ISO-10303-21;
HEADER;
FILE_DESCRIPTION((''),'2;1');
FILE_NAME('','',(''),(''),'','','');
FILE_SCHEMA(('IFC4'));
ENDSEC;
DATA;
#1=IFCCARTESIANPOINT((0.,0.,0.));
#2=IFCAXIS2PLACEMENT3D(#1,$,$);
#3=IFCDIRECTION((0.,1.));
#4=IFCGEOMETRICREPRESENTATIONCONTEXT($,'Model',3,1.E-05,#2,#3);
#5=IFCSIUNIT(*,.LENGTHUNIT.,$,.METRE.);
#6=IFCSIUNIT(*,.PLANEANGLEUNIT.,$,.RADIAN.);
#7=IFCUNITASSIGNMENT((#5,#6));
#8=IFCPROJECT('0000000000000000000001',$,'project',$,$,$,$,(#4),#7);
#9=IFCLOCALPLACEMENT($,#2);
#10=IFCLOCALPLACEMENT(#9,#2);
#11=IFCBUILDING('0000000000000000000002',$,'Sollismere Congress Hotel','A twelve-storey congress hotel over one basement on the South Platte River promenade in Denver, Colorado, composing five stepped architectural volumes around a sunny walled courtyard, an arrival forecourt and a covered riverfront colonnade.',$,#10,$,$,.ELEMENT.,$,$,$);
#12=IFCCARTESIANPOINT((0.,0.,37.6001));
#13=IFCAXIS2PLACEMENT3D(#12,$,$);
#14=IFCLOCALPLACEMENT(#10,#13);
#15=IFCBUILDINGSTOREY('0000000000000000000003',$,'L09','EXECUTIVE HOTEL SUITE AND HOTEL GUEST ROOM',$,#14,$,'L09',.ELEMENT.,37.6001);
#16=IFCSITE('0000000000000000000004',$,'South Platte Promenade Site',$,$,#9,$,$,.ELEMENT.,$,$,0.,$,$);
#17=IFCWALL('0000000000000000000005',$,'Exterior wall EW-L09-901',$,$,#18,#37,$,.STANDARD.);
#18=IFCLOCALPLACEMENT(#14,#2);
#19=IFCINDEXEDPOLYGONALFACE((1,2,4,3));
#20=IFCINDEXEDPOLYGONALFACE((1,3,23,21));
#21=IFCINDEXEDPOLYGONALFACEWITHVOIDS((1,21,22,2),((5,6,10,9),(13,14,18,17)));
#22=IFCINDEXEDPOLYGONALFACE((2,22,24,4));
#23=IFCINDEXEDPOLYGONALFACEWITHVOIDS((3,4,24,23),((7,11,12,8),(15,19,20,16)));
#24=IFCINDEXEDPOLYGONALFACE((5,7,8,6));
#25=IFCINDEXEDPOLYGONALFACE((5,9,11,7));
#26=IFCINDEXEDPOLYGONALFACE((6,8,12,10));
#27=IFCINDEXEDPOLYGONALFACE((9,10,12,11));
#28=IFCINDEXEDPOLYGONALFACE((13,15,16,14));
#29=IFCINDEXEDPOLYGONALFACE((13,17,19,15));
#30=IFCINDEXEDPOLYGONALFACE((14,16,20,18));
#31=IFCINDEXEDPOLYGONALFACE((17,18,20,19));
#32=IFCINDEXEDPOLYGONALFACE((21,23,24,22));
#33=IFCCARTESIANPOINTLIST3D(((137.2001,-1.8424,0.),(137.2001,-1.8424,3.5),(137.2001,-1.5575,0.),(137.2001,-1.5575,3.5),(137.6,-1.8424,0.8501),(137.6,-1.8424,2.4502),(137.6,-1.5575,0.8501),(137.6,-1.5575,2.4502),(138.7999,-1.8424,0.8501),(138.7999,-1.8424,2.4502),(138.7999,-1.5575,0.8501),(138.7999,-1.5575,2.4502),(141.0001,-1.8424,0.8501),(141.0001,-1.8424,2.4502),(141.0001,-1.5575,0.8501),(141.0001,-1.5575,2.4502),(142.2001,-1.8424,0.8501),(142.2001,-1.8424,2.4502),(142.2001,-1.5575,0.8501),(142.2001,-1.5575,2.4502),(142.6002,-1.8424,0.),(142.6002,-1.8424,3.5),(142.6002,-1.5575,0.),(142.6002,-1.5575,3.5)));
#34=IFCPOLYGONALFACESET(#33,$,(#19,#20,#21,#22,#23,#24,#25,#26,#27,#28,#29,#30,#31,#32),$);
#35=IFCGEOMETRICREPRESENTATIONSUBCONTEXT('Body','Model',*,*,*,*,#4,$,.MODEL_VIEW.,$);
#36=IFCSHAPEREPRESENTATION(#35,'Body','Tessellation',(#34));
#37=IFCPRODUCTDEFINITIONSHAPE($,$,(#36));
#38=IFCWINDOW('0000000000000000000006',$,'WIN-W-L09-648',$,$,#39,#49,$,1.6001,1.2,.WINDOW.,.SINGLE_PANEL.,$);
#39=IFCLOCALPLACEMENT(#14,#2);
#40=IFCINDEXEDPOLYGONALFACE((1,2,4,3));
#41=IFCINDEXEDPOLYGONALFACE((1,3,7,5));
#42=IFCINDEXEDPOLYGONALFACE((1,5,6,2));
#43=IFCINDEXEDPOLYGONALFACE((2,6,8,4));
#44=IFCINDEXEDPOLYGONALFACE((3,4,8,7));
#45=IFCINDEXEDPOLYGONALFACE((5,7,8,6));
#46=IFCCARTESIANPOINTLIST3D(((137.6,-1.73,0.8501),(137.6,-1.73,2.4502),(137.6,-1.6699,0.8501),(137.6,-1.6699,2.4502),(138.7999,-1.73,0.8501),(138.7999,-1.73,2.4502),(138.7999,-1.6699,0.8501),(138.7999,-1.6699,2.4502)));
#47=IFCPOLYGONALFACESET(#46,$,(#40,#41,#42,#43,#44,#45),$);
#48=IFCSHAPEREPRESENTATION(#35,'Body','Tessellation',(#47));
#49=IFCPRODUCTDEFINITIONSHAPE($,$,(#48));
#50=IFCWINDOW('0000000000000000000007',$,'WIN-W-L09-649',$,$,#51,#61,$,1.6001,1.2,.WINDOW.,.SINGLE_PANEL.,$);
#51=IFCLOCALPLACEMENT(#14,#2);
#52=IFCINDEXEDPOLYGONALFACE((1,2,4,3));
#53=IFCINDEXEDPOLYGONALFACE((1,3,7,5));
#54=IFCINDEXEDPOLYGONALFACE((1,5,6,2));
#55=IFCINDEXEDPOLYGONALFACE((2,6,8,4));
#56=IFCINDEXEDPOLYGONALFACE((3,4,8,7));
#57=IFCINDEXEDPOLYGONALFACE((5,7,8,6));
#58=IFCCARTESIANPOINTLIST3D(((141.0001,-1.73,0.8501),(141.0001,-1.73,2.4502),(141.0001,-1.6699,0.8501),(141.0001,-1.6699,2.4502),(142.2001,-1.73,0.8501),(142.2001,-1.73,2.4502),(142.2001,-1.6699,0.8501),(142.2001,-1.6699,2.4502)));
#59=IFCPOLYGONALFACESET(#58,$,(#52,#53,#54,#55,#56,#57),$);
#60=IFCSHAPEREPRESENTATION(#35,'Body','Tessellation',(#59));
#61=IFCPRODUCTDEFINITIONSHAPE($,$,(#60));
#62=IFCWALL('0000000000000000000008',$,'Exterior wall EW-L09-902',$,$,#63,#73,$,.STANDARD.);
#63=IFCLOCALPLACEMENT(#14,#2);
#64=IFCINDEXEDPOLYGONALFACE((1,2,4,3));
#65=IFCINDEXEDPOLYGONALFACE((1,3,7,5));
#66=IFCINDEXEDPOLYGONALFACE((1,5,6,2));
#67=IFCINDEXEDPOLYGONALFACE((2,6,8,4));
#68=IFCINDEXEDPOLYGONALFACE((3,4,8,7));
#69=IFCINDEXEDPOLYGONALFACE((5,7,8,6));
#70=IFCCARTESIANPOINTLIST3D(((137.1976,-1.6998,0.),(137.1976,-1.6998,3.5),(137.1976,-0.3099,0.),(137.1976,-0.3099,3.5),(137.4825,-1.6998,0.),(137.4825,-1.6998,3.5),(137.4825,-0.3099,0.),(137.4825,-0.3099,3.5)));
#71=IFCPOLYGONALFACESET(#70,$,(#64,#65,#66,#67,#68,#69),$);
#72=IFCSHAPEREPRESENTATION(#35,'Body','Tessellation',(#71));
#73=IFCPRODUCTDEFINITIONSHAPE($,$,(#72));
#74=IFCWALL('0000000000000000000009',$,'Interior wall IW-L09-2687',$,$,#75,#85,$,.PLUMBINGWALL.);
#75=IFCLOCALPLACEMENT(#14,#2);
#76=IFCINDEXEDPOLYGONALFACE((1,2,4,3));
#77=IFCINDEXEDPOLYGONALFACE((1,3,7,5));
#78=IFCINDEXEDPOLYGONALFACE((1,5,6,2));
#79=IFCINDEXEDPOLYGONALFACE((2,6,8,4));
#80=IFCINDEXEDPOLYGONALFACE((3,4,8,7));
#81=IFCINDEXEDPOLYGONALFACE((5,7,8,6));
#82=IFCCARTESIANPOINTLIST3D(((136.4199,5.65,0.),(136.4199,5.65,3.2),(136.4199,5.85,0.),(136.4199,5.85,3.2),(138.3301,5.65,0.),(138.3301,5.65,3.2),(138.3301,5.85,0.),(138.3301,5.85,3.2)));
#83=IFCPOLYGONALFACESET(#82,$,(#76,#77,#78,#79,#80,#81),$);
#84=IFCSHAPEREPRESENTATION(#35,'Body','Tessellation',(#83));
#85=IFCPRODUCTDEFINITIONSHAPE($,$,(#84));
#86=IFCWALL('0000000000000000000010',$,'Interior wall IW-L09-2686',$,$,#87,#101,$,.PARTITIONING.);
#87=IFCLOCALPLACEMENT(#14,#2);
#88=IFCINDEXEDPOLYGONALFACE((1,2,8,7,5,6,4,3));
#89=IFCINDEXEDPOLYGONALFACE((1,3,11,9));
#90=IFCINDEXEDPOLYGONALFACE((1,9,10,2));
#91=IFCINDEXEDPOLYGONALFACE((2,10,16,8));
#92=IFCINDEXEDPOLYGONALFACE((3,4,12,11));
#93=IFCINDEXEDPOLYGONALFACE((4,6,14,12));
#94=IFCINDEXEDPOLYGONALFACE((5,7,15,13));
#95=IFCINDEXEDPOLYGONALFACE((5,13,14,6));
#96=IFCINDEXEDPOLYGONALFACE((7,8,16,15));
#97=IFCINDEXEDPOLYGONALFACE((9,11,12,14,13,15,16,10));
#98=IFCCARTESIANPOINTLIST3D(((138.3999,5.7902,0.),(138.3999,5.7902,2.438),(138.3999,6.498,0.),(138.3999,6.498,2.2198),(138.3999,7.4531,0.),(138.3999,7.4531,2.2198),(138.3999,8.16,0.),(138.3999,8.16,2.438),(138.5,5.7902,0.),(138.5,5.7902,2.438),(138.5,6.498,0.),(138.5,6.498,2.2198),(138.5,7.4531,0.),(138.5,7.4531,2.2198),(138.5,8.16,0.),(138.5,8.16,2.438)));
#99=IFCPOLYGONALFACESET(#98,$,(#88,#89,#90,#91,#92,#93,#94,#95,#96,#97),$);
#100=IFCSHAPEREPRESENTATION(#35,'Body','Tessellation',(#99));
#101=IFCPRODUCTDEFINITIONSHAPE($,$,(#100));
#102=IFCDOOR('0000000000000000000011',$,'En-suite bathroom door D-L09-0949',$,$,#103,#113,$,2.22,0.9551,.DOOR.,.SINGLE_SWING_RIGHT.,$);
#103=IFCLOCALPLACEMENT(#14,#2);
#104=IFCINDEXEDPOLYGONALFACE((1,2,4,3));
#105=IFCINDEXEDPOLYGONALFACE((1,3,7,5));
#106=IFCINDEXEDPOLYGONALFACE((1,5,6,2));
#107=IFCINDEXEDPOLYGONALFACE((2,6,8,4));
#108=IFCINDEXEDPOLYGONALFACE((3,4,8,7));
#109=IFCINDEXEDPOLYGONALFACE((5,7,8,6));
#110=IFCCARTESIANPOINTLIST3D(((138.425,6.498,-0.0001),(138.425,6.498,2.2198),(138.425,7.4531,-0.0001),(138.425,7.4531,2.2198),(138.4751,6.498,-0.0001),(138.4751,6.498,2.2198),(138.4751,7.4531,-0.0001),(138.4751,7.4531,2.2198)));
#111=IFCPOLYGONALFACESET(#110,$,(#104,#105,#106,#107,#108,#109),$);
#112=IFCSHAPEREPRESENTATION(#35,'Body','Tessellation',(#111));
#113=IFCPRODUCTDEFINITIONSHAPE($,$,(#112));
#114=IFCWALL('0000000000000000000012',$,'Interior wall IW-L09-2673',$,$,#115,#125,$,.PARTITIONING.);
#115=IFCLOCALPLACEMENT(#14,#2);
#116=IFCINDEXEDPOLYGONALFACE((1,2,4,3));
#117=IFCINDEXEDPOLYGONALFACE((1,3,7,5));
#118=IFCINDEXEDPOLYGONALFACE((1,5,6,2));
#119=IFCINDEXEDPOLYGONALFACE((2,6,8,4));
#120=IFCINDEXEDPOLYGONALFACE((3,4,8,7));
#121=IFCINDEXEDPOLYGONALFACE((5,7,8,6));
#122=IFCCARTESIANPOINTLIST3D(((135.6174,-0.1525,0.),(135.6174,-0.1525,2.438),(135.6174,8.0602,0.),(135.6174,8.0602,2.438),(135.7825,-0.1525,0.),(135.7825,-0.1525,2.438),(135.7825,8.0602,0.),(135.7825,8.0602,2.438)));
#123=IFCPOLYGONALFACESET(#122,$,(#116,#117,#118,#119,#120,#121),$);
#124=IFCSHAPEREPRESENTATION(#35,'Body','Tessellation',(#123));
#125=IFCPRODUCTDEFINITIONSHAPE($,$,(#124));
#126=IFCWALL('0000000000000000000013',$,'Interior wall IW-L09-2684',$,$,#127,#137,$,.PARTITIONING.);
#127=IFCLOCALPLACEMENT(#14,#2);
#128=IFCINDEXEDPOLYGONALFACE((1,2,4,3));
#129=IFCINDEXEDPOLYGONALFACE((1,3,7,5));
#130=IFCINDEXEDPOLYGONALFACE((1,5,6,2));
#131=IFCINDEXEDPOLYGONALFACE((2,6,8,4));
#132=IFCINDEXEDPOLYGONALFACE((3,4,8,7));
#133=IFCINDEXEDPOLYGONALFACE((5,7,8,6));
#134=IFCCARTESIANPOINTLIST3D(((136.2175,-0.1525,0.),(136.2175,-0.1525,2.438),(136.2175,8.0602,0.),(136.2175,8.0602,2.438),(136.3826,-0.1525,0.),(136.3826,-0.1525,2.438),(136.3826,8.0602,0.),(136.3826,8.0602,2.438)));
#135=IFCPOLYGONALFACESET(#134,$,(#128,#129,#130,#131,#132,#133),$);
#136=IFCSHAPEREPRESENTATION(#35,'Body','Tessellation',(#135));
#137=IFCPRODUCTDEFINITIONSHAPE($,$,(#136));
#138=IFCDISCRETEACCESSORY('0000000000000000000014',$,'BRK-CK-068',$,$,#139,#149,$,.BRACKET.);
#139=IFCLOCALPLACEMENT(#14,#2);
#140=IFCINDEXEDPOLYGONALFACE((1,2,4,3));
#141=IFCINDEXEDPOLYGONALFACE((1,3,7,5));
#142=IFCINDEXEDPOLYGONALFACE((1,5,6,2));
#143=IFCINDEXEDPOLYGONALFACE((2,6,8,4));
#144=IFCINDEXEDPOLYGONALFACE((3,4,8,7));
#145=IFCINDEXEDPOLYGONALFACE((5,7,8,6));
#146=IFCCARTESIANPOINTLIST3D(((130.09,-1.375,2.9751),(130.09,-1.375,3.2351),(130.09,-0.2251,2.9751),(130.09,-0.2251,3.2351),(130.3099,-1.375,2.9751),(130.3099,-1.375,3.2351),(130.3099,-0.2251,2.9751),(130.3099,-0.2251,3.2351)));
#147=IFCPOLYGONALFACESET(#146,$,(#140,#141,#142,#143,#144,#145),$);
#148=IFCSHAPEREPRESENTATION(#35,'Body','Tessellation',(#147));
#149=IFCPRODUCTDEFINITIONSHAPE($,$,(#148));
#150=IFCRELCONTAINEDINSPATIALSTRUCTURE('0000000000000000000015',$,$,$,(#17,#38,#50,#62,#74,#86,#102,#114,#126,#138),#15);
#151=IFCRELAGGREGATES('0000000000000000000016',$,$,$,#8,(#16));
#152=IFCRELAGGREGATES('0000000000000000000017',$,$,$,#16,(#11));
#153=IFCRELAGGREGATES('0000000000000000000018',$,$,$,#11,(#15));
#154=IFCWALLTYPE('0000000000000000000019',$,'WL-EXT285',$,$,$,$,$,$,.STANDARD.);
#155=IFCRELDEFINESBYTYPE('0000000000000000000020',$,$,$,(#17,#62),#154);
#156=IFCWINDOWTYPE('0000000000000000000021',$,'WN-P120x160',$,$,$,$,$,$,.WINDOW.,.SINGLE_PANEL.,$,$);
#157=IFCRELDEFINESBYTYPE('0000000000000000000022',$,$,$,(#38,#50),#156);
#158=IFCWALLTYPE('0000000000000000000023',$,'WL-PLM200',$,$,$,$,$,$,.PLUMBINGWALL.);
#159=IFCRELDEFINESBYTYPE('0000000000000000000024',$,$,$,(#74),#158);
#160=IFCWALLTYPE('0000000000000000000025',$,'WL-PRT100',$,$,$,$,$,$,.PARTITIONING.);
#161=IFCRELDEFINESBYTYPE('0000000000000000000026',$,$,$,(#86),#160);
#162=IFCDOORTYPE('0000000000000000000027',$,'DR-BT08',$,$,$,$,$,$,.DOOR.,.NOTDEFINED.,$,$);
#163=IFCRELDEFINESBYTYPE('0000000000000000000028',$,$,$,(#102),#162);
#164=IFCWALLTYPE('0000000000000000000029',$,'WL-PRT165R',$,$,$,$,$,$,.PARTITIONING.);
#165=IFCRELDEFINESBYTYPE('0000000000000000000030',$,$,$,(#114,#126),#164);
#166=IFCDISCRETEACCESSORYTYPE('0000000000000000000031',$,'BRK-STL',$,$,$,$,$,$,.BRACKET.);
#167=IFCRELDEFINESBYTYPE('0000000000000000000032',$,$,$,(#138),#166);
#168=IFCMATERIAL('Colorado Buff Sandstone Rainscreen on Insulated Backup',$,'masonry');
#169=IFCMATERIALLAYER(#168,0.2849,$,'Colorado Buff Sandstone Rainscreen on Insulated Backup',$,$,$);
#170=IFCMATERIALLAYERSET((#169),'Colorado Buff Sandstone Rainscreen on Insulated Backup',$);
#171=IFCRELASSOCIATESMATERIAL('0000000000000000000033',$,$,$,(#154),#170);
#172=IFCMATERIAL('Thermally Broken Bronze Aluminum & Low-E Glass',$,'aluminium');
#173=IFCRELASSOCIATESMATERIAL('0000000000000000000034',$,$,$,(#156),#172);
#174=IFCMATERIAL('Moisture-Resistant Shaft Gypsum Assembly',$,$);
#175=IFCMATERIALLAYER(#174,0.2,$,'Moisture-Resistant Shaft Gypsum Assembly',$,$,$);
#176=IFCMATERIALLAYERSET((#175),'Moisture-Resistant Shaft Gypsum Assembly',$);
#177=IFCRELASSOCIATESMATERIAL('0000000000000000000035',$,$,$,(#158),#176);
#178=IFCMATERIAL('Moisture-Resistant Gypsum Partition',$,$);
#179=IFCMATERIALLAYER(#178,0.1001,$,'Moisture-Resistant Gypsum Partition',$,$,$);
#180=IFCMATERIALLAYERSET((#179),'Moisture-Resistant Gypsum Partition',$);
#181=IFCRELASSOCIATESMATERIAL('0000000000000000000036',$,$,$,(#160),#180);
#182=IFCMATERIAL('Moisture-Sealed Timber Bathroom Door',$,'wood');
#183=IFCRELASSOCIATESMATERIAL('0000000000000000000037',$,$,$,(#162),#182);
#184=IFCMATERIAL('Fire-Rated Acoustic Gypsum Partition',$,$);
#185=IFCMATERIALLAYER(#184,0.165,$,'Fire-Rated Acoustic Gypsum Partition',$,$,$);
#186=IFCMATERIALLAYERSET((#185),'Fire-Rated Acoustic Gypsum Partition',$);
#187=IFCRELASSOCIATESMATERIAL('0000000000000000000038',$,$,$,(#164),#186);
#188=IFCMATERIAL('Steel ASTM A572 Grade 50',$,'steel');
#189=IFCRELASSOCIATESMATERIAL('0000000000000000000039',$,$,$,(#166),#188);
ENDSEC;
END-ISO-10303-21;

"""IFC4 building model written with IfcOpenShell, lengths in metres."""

from ifc_helpers import new_model, si_unit, direction, frame, frame_2d, origin, origin_2d, place, context, subcontext, project, spatial, rectangle, extrude, material, layer, layer_set, type_object, element, fill, save


model = new_model("IFC4")

# Units and contexts
model_context = context("Model", 3, precision=1e-05, world=origin(), true_north=direction((0.0, 1.0)))
body_context = subcontext(model_context, "Body", "Model", "MODEL_VIEW")
ifc_project = project(units=[si_unit("LENGTHUNIT", "METRE"), si_unit("PLANEANGLEUNIT", "RADIAN")], contexts=[model_context])

# Site, building, storey
site_placement = place(None, origin())
site = spatial("IfcSite", under=ifc_project, at=site_placement, Name="South Platte Promenade Site", CompositionType="ELEMENT", RefElevation=0.0)
building_placement = place(site_placement, origin())
building = spatial("IfcBuilding", under=site, at=building_placement, Name="Sollismere Congress Hotel", Description="A twelve-storey congress hotel over one basement on the South Platte River promenade in Denver, Colorado, composing five stepped architectural volumes around a sunny walled courtyard, an arrival forecourt and a covered riverfront colonnade.", CompositionType="ELEMENT")
storey_placement = place(building_placement, frame((0.0, 0.0, 37.6001)))
storey = spatial("IfcBuildingStorey", under=building, at=storey_placement, Name="L09", Description="EXECUTIVE HOTEL SUITE AND HOTEL GUEST ROOM", LongName="L09", CompositionType="ELEMENT", Elevation=37.6001)

# Shared definitions
ifc_material_1 = material(Name="Colorado Buff Sandstone Rainscreen on Insulated Backup", Category="masonry")
ifc_layer_1 = layer(ifc_material_1, 0.2849, Name="Colorado Buff Sandstone Rainscreen on Insulated Backup")
ifc_layer_set_1 = layer_set([ifc_layer_1], Name="Colorado Buff Sandstone Rainscreen on Insulated Backup")
wall_type_1 = type_object("IfcWallType", Name="WL-EXT285", PredefinedType="STANDARD", material=ifc_layer_set_1)

# Wall, openings, windows
wall_1_placement = place(storey_placement, frame((137.2, -1.7, 0.0), z_axis=(0.0, 0.0, 1.0), x_axis=(1.0, 0.0, 0.0)))
wall_1 = element("IfcWall", 1, at=wall_1_placement, inside=storey, type_object=wall_type_1, Name="Exterior wall EW-L09-901", PredefinedType="STANDARD", context=body_context, shape_type="SweptSolid", body=[
    extrude(rectangle(XDim=5.4001, YDim=0.2849, at=frame_2d((2.7002, 0.0))), origin(), (0.0, 0.0, 1.0), 3.5),
])
opening_1_placement = place(wall_1_placement, frame((0.3999, 0.0, 0.8501)))
opening_1 = element("IfcOpeningElement", 2, at=opening_1_placement, cuts=wall_1, PredefinedType="OPENING", context=body_context, shape_type="SweptSolid", body=[
    extrude(rectangle(XDim=1.2, YDim=1.6001, at=frame_2d((0.6001, 0.8))), frame((0.0, 0.1523, 0.0), z_axis=(0.0, -1.0, 0.0), x_axis=(1.0, 0.0, 0.0)), (0.0, 0.0, 1.0), 0.3049),
])
opening_2_placement = place(wall_1_placement, frame((3.8, 0.0, 0.8501)))
opening_2 = element("IfcOpeningElement", 3, at=opening_2_placement, cuts=wall_1, PredefinedType="OPENING", context=body_context, shape_type="SweptSolid", body=[
    extrude(rectangle(XDim=1.2, YDim=1.6001, at=frame_2d((0.6001, 0.8))), frame((0.0, 0.1523, 0.0), z_axis=(0.0, -1.0, 0.0), x_axis=(1.0, 0.0, 0.0)), (0.0, 0.0, 1.0), 0.3049),
])
ifc_material_2 = material(Name="Thermally Broken Bronze Aluminum & Low-E Glass", Category="aluminium")
window_type = type_object("IfcWindowType", Name="WN-P120x160", PartitioningType="SINGLE_PANEL", PredefinedType="WINDOW", material=ifc_material_2)
window_1_placement = place(opening_1_placement, origin())
window_1 = element("IfcWindow", 4, at=window_1_placement, inside=storey, type_object=window_type, Name="WIN-W-L09-648", OverallHeight=1.6001, OverallWidth=1.2, PartitioningType="SINGLE_PANEL", PredefinedType="WINDOW", context=body_context, shape_type="SweptSolid", body=[
    extrude(rectangle(XDim=1.2, YDim=1.6001, at=frame_2d((0.6001, 0.8))), frame((0.0, 0.03, 0.0), z_axis=(0.0, -1.0, 0.0), x_axis=(1.0, 0.0, 0.0)), (0.0, 0.0, 1.0), 0.0601),
])
fill(opening_1, window_1)
window_2_placement = place(opening_2_placement, origin())
window_2 = element("IfcWindow", 5, at=window_2_placement, inside=storey, type_object=window_type, Name="WIN-W-L09-649", OverallHeight=1.6001, OverallWidth=1.2, PartitioningType="SINGLE_PANEL", PredefinedType="WINDOW", context=body_context, shape_type="SweptSolid", body=[
    extrude(rectangle(XDim=1.2, YDim=1.6001, at=frame_2d((0.6001, 0.8))), frame((0.0, 0.03, 0.0), z_axis=(0.0, -1.0, 0.0), x_axis=(1.0, 0.0, 0.0)), (0.0, 0.0, 1.0), 0.0601),
])
fill(opening_2, window_2)

# Walls
wall_2_placement = place(storey_placement, frame((137.3401, -0.3101, 0.0), z_axis=(0.0, 0.0, 1.0), x_axis=(0.0, -1.0, 0.0)))
element("IfcWall", 6, at=wall_2_placement, inside=storey, type_object=wall_type_1, Name="Exterior wall EW-L09-902", PredefinedType="STANDARD", context=body_context, shape_type="SweptSolid", body=[
    extrude(rectangle(XDim=1.3899, YDim=0.2849, at=frame_2d((0.6948, 0.0))), origin(), (0.0, 0.0, 1.0), 3.5),
])
ifc_material_3 = material(Name="Moisture-Resistant Shaft Gypsum Assembly")
ifc_layer_2 = layer(ifc_material_3, 0.2, Name="Moisture-Resistant Shaft Gypsum Assembly")
ifc_layer_set_2 = layer_set([ifc_layer_2], Name="Moisture-Resistant Shaft Gypsum Assembly")
wall_type_2 = type_object("IfcWallType", Name="WL-PLM200", PredefinedType="PLUMBINGWALL", material=ifc_layer_set_2)
wall_3_placement = place(storey_placement, frame((136.4199, 5.75, 0.0), z_axis=(0.0, 0.0, 1.0), x_axis=(1.0, 0.0, 0.0)))
element("IfcWall", 7, at=wall_3_placement, inside=storey, type_object=wall_type_2, Name="Interior wall IW-L09-2687", PredefinedType="PLUMBINGWALL", context=body_context, shape_type="SweptSolid", body=[
    extrude(rectangle(XDim=1.9102, YDim=0.2, at=frame_2d((0.9551, 0.0))), origin(), (0.0, 0.0, 1.0), 3.2),
])

# Wall, opening, door
ifc_material_4 = material(Name="Moisture-Resistant Gypsum Partition")
ifc_layer_3 = layer(ifc_material_4, 0.1001, Name="Moisture-Resistant Gypsum Partition")
ifc_layer_set_3 = layer_set([ifc_layer_3], Name="Moisture-Resistant Gypsum Partition")
wall_type_3 = type_object("IfcWallType", Name="WL-PRT100", PredefinedType="PARTITIONING", material=ifc_layer_set_3)
wall_4_placement = place(storey_placement, frame((138.45, 5.79, 0.0), z_axis=(0.0, 0.0, 1.0), x_axis=(0.0, 1.0, 0.0)))
wall_4 = element("IfcWall", 8, at=wall_4_placement, inside=storey, type_object=wall_type_3, Name="Interior wall IW-L09-2686", PredefinedType="PARTITIONING", context=body_context, shape_type="SweptSolid", body=[
    extrude(rectangle(XDim=2.3699, YDim=0.1001, at=frame_2d((1.1851, 0.0))), origin(), (0.0, 0.0, 1.0), 2.438),
])
opening_3_placement = place(wall_4_placement, frame((0.708, 0.0, 0.0)))
opening_3 = element("IfcOpeningElement", 9, at=opening_3_placement, cuts=wall_4, PredefinedType="OPENING", context=body_context, shape_type="SweptSolid", body=[
    extrude(rectangle(XDim=0.9551, YDim=2.22, at=frame_2d((0.4775, 1.1099))), frame((0.0, 0.0601, 0.0), z_axis=(0.0, -1.0, 0.0), x_axis=(1.0, 0.0, 0.0)), (0.0, 0.0, 1.0), 0.1201),
])
ifc_material_5 = material(Name="Moisture-Sealed Timber Bathroom Door", Category="wood")
door_type = type_object("IfcDoorType", Name="DR-BT08", OperationType="NOTDEFINED", PredefinedType="DOOR", material=ifc_material_5)
door_placement = place(opening_3_placement, origin())
door = element("IfcDoor", 10, at=door_placement, inside=storey, type_object=door_type, Name="En-suite bathroom door D-L09-0949", OperationType="SINGLE_SWING_RIGHT", OverallHeight=2.22, OverallWidth=0.9551, PredefinedType="DOOR", context=body_context, shape_type="SweptSolid", body=[
    extrude(rectangle(XDim=0.9551, YDim=2.22, at=frame_2d((0.4775, 1.1099))), frame((0.0, 0.0249, 0.0), z_axis=(0.0, -1.0, 0.0), x_axis=(1.0, 0.0, 0.0)), (0.0, 0.0, 1.0), 0.05),
])
fill(opening_3, door)

# Walls
ifc_material_6 = material(Name="Fire-Rated Acoustic Gypsum Partition")
ifc_layer_4 = layer(ifc_material_6, 0.165, Name="Fire-Rated Acoustic Gypsum Partition")
ifc_layer_set_4 = layer_set([ifc_layer_4], Name="Fire-Rated Acoustic Gypsum Partition")
wall_type_4 = type_object("IfcWallType", Name="WL-PRT165R", PredefinedType="PARTITIONING", material=ifc_layer_set_4)
for number, where, z_axis, x_axis, name in (
    (11, (135.7, -0.1526, 0.0), (0.0, 0.0, 1.0), (0.0, 1.0, 0.0), "Interior wall IW-L09-2673"),
    (12, (136.3, -0.1526, 0.0), (0.0, 0.0, 1.0), (0.0, 1.0, 0.0), "Interior wall IW-L09-2684"),
):
    element("IfcWall", number, at=place(storey_placement, frame(where, z_axis=z_axis, x_axis=x_axis)), inside=storey, type_object=wall_type_4, Name=name, PredefinedType="PARTITIONING", context=body_context, shape_type="SweptSolid", body=[
        extrude(rectangle(XDim=8.2126, YDim=0.165, at=frame_2d((4.1064, 0.0))), origin(), (0.0, 0.0, 1.0), 2.438),
    ])

# Discrete accessory
ifc_material_7 = material(Name="Steel ASTM A572 Grade 50", Category="steel")
discrete_accessory_type = type_object("IfcDiscreteAccessoryType", Name="BRK-STL", PredefinedType="BRACKET", material=ifc_material_7)
discrete_accessory_placement = place(storey_placement, frame((130.2, -0.8, 2.9751), z_axis=(0.0, 0.0, 1.0), x_axis=(1.0, 0.0, 0.0)))
element("IfcDiscreteAccessory", 13, at=discrete_accessory_placement, inside=storey, type_object=discrete_accessory_type, Name="BRK-CK-068", PredefinedType="BRACKET", context=body_context, shape_type="SweptSolid", body=[
    extrude(rectangle(XDim=0.22, YDim=1.1499, at=origin_2d()), origin(), (0.0, 0.0, 1.0), 0.26),
])

save(model, "model.ifc")
